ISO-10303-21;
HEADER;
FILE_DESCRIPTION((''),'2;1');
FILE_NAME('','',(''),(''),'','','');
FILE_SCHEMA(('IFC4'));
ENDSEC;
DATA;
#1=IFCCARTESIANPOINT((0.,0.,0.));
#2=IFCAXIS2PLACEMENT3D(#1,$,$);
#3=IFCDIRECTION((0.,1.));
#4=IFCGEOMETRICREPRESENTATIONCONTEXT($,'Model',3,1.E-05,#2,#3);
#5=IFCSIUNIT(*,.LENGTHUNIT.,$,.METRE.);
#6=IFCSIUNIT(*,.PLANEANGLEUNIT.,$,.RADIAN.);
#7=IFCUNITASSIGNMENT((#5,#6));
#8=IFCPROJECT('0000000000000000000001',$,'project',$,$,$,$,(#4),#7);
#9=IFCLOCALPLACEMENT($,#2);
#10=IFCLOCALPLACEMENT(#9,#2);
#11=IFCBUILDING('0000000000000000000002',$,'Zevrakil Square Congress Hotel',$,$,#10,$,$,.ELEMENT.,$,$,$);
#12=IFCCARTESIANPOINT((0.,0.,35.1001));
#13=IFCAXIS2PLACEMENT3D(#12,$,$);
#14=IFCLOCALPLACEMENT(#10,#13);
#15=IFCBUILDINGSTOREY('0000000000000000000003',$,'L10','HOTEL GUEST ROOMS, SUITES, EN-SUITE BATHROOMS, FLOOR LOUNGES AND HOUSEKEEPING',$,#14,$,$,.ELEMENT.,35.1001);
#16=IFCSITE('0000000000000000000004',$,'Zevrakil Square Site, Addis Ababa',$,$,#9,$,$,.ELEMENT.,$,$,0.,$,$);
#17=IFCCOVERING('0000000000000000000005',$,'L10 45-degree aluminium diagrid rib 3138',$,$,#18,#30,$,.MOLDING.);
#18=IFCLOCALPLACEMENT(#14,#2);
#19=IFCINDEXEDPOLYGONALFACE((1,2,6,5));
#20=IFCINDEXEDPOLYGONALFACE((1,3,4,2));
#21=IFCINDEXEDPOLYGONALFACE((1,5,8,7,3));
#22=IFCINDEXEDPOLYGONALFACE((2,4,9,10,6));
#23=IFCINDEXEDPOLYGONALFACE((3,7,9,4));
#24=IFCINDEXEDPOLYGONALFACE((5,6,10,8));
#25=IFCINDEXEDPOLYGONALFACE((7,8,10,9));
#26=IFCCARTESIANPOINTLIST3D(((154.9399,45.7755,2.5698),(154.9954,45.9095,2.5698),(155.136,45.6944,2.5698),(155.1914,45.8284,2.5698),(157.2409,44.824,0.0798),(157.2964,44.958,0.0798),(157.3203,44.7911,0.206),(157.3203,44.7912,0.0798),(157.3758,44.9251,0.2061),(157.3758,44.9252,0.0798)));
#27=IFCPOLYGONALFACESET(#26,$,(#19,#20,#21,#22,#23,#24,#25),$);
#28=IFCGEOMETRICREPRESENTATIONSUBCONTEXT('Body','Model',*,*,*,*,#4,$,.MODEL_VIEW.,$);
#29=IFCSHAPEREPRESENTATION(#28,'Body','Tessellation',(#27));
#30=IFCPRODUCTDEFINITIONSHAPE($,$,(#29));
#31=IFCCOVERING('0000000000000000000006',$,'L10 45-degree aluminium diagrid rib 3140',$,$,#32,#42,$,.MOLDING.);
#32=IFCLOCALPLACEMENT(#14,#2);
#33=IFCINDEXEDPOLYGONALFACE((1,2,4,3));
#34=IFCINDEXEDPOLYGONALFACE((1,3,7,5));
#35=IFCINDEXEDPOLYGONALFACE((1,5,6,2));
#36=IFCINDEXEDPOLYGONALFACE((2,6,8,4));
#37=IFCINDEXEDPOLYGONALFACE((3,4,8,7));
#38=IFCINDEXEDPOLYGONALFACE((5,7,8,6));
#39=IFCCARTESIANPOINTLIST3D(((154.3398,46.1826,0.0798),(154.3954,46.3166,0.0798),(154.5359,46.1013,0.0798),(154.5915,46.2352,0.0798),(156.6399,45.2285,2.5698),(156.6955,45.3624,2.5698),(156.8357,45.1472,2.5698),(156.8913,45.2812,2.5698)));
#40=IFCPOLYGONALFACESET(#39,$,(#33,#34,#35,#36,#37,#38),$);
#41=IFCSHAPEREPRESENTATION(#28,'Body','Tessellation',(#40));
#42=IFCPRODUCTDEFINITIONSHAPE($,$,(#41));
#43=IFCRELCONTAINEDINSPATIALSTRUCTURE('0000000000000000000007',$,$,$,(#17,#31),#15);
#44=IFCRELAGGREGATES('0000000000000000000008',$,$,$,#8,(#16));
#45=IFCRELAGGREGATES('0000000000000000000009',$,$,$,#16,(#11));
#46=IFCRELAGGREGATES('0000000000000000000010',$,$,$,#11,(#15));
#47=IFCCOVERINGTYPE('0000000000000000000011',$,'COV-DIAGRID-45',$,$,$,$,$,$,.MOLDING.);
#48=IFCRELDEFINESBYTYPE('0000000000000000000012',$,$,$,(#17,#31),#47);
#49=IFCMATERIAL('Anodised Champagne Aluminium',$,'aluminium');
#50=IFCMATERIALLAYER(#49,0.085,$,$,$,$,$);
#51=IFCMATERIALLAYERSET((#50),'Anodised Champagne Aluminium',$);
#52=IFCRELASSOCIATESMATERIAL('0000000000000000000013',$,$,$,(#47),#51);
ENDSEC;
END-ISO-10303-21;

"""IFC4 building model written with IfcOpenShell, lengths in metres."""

from ifc_helpers import new_model, si_unit, direction, frame, origin, place, context, subcontext, project, spatial, polyline, outline, extrude, material, layer, layer_set, type_object, element, save


model = new_model("IFC4")

# Units and contexts
model_context = context("Model", 3, precision=1e-05, world=origin(), true_north=direction((0.0, 1.0)))
body_context = subcontext(model_context, "Body", "Model", "MODEL_VIEW")
ifc_project = project(units=[si_unit("LENGTHUNIT", "METRE"), si_unit("PLANEANGLEUNIT", "RADIAN")], contexts=[model_context])

# Site, building, storey
site_placement = place(None, origin())
site = spatial("IfcSite", under=ifc_project, at=site_placement, Name="Zevrakil Square Site, Addis Ababa", CompositionType="ELEMENT", RefElevation=0.0)
building_placement = place(site_placement, origin())
building = spatial("IfcBuilding", under=site, at=building_placement, Name="Zevrakil Square Congress Hotel", CompositionType="ELEMENT")
storey_placement = place(building_placement, frame((0.0, 0.0, 35.1001)))
storey = spatial("IfcBuildingStorey", under=building, at=storey_placement, Name="L10", Description="HOTEL GUEST ROOMS, SUITES, EN-SUITE BATHROOMS, FLOOR LOUNGES AND HOUSEKEEPING", CompositionType="ELEMENT", Elevation=35.1001)

# Coverings
ifc_material_1 = material(Name="Anodised Champagne Aluminium", Category="aluminium")
ifc_layer_1 = layer(ifc_material_1, 0.085)
ifc_layer_set_1 = layer_set([ifc_layer_1], Name="Anodised Champagne Aluminium")
covering_type_1 = type_object("IfcCoveringType", Name="COV-DIAGRID-45", PredefinedType="MOLDING", material=ifc_layer_set_1)
covering_1_placement = place(storey_placement, frame((157.2964, 44.958, 0.0798), z_axis=(0.382416, 0.92399, 0.000295), x_axis=(0.92399, -0.382416, 0.0)))
element("IfcCovering", 1, at=covering_1_placement, inside=storey, type_object=covering_type_1, Name="L10 45-degree aluminium diagrid rib 3138", PredefinedType="MOLDING", context=body_context, shape_type="SweptSolid", body=[
    extrude(outline(polyline([(0.0, 0.0), (0.0859, 0.0), (0.0859, -0.1262), (-2.2778, -2.49), (-2.49, -2.49), (0.0, 0.0)])), origin(), (0.0, 0.0, -1.0), 0.145),
])
covering_2_placement = place(storey_placement, frame((156.8357, 45.1472, 2.5698), z_axis=(-0.383267, -0.923638, 0.000097), x_axis=(-0.923638, 0.383267, 0.0)))
element("IfcCovering", 2, at=covering_2_placement, inside=storey, type_object=covering_type_1, Name="L10 45-degree aluminium diagrid rib 3140", PredefinedType="MOLDING", context=body_context, shape_type="SweptSolid", body=[
    extrude(outline(polyline([(0.0, 0.0), (0.212, 0.0), (2.7021, 2.49), (2.4899, 2.49), (0.0, 0.0)])), origin(), (0.0, 0.0, -1.0), 0.145),
])

save(model, "model.ifc")
